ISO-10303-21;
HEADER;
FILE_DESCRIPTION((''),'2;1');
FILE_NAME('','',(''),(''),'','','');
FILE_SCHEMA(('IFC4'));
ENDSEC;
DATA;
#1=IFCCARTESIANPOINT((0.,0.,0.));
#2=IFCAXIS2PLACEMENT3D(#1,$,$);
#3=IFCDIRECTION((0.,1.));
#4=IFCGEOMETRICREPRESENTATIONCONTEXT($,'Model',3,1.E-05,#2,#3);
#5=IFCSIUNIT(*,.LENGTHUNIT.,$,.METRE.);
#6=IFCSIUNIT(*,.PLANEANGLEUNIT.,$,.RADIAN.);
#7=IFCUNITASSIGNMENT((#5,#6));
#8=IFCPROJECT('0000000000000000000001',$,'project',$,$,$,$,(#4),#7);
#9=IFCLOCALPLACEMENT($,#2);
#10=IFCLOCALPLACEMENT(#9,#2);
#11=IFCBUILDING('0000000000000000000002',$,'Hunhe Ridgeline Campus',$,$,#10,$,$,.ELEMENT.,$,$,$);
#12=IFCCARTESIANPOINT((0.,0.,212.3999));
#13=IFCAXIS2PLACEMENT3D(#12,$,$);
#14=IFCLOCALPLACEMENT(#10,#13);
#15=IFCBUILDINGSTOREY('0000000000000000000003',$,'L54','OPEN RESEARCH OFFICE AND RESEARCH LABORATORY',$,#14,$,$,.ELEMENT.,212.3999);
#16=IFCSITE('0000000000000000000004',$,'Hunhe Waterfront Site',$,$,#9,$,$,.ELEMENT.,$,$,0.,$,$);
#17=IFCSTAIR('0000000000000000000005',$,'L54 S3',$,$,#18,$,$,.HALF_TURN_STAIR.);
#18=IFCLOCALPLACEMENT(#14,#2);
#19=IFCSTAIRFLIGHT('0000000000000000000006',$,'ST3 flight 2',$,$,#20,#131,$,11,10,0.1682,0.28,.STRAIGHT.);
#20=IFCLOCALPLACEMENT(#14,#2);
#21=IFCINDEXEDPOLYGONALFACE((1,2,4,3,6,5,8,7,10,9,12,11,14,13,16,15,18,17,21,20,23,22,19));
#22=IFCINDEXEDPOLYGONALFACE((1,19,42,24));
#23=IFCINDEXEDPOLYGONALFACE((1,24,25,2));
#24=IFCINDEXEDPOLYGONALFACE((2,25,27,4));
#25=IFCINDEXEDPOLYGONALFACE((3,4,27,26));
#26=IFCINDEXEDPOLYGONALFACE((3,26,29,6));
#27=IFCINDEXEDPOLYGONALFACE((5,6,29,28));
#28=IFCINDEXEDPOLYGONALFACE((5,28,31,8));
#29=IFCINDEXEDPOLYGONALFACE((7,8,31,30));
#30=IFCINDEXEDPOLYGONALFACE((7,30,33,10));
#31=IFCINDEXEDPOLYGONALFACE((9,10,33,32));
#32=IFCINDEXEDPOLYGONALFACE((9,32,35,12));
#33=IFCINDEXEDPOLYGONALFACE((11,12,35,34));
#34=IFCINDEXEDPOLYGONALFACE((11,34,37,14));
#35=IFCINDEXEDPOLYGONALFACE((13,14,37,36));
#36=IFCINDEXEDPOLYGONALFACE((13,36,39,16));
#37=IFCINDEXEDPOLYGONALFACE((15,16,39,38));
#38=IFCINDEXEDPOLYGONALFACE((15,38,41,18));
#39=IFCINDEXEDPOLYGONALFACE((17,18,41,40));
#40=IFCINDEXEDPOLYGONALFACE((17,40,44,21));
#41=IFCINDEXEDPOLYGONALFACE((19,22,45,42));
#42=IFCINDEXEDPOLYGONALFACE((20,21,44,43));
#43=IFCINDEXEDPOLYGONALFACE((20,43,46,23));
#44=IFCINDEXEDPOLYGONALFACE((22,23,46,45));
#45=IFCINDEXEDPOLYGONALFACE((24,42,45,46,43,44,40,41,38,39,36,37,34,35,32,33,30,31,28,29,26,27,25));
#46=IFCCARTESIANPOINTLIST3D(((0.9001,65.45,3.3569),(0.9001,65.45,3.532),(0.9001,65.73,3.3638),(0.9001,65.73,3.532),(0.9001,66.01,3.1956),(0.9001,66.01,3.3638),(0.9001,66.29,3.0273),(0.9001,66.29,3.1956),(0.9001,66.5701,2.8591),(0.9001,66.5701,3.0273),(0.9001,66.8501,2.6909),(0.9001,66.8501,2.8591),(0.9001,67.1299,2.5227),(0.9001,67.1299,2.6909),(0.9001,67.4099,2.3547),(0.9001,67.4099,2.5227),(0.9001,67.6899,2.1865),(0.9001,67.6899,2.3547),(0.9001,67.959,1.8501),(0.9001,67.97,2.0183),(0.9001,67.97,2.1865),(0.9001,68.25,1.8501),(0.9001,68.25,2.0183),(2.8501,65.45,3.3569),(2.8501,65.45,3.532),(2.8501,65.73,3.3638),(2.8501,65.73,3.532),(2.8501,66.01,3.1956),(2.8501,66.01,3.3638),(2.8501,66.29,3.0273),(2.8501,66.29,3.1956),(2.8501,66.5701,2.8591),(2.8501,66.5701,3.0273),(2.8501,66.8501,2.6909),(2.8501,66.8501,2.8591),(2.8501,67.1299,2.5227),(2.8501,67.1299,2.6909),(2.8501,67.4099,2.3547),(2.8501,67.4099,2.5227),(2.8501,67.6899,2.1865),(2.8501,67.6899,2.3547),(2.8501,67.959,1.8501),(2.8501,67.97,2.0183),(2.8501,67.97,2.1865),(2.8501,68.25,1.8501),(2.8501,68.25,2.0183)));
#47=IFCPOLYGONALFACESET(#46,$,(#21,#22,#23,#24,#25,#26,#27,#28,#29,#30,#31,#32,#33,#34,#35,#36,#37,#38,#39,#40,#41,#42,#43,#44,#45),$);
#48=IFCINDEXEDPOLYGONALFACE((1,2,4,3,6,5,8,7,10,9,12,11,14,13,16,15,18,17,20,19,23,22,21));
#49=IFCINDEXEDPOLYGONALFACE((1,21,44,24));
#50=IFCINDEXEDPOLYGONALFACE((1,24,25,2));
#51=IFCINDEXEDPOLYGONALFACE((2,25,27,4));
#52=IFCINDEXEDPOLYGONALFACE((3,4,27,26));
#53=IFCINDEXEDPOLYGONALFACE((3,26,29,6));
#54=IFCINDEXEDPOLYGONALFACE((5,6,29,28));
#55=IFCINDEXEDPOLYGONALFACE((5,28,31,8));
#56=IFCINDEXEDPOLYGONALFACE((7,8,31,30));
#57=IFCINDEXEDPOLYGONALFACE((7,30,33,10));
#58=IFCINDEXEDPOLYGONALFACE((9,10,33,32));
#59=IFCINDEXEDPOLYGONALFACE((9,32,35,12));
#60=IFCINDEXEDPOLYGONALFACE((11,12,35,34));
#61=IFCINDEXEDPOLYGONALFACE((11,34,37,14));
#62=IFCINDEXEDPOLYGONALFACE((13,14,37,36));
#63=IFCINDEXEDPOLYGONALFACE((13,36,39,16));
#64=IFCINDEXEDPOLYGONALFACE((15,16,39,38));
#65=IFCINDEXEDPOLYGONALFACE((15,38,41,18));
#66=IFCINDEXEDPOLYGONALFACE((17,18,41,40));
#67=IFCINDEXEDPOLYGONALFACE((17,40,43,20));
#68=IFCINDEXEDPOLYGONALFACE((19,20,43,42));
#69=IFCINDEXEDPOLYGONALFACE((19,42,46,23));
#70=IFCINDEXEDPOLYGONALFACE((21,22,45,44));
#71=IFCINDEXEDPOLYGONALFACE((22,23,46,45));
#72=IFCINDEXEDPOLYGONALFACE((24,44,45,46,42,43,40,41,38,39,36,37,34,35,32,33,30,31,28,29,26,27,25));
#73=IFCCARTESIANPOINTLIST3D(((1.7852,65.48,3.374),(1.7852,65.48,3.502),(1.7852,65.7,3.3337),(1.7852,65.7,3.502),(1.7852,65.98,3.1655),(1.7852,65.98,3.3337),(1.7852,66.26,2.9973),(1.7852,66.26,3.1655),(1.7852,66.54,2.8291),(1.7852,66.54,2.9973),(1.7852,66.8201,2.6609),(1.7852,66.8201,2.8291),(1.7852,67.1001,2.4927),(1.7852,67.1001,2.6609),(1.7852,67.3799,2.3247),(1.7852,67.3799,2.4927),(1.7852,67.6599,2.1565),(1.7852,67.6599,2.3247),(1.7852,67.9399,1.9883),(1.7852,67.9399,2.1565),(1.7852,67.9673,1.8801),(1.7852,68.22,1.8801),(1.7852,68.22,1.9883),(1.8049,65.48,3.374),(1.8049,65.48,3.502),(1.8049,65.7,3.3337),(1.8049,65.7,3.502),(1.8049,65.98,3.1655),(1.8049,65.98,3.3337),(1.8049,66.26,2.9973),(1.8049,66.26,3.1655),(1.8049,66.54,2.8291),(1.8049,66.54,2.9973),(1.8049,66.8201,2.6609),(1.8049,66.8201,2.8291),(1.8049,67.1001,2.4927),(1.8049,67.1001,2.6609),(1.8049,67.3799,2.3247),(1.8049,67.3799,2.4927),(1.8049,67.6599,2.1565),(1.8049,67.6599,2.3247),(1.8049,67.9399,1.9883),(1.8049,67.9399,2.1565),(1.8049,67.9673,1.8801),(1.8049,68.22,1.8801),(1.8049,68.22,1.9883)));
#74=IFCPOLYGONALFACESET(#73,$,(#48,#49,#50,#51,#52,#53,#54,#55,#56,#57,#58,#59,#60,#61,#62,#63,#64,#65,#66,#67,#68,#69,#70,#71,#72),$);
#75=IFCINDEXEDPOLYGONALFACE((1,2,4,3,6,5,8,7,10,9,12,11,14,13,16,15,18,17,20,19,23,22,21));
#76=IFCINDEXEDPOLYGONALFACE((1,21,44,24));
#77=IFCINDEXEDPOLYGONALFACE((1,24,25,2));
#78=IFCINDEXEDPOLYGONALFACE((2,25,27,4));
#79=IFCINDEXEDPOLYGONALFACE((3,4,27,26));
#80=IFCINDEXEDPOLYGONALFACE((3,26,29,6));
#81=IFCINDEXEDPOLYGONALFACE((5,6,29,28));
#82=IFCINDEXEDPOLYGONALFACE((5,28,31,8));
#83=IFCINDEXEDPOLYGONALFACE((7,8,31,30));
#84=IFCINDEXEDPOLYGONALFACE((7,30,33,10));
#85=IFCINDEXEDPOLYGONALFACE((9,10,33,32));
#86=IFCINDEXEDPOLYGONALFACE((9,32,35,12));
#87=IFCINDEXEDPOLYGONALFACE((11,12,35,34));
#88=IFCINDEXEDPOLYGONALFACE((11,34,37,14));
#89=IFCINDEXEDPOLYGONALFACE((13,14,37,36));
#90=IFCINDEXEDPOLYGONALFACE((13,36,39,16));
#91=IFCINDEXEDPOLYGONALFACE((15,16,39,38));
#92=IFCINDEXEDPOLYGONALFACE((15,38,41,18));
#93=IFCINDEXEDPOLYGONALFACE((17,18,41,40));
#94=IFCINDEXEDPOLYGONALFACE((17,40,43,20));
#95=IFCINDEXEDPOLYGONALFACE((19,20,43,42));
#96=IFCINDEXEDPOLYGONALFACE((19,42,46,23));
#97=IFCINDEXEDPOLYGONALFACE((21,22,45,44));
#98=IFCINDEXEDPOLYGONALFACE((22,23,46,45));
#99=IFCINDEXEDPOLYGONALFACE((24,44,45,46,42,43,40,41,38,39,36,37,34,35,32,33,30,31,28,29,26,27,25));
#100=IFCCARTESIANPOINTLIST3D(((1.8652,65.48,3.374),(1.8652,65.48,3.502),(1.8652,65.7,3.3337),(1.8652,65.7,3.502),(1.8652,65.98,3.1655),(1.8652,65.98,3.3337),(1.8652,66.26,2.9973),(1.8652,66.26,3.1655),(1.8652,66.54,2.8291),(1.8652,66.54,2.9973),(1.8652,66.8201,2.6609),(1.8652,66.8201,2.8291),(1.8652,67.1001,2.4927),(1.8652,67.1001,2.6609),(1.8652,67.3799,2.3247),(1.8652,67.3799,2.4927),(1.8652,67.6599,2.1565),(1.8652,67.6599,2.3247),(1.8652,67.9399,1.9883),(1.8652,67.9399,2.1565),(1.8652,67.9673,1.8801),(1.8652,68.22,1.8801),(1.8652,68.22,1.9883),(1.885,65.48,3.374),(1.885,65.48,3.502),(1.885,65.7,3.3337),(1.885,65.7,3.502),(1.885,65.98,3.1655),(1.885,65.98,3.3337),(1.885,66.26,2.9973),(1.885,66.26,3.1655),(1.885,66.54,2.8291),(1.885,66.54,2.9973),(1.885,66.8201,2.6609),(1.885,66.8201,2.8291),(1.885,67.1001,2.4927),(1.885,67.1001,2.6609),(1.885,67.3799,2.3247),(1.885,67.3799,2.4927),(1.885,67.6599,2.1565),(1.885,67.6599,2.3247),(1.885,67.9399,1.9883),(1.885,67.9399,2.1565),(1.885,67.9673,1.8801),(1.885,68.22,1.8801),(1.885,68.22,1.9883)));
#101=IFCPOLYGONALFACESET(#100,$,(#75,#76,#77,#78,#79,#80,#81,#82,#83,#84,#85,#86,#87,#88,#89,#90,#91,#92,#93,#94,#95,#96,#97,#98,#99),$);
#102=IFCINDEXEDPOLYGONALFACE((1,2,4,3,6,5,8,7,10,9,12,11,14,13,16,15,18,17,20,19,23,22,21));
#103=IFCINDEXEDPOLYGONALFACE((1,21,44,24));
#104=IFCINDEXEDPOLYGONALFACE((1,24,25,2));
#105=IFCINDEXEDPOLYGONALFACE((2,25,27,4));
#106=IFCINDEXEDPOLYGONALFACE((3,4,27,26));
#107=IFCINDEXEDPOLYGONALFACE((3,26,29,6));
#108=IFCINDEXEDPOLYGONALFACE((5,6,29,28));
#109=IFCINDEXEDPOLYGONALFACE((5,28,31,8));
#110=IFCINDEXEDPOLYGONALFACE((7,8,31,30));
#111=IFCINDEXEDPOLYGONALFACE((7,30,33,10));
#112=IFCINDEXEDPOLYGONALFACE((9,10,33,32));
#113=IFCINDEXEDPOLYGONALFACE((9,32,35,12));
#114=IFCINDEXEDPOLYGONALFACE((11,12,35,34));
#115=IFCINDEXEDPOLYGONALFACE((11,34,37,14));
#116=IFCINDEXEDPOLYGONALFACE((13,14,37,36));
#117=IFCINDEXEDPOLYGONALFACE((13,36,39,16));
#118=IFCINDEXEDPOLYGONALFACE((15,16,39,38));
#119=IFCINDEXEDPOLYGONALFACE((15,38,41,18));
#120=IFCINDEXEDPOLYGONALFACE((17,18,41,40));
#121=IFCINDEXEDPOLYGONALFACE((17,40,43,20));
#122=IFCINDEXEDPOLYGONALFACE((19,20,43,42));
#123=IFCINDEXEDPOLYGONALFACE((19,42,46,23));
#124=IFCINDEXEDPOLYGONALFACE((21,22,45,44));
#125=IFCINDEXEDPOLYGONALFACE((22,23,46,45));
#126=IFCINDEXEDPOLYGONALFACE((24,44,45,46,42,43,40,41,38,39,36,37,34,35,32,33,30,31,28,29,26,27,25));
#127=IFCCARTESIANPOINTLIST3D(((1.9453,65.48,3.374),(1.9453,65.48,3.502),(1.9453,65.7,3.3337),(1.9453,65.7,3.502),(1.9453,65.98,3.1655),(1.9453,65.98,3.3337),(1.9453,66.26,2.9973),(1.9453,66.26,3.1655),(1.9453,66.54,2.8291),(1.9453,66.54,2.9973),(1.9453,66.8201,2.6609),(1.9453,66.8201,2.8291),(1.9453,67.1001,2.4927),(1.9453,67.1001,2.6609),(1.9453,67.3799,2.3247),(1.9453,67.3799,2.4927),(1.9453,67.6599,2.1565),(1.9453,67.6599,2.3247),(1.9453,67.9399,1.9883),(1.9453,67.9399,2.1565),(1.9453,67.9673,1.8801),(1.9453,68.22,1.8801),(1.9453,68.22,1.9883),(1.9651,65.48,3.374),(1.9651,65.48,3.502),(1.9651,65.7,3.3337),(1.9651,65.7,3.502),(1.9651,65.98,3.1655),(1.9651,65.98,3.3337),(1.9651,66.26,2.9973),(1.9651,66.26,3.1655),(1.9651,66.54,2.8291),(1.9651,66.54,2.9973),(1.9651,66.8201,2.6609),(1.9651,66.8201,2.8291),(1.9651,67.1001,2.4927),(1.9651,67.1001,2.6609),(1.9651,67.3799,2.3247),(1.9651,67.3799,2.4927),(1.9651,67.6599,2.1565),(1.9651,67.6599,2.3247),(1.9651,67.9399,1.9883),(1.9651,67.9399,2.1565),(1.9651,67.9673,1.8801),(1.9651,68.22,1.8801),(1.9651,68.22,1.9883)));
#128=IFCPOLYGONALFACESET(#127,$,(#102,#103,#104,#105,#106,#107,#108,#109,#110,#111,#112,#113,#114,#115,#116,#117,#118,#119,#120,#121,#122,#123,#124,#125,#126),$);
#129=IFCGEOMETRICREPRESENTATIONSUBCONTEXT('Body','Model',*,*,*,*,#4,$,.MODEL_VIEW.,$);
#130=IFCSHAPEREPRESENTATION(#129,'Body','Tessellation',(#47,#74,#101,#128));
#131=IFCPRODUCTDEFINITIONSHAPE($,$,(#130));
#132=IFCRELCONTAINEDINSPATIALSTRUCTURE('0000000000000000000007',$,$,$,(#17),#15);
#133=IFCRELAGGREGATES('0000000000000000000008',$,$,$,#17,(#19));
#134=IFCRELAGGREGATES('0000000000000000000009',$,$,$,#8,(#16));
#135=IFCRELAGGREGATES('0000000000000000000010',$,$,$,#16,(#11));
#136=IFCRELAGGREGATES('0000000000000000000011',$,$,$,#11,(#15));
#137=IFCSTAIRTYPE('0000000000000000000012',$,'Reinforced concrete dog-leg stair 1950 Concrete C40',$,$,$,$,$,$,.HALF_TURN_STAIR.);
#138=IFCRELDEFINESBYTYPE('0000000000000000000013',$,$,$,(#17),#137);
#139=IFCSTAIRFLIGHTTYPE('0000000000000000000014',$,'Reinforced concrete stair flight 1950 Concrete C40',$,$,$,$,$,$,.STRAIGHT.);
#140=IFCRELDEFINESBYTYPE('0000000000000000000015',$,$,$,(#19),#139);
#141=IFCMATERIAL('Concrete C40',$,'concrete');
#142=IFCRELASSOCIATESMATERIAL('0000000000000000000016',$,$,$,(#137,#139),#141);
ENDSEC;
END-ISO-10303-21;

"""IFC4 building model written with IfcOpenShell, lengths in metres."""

from ifc_helpers import new_model, si_unit, direction, frame, origin, place, context, subcontext, project, spatial, polyline, outline, extrude, material, type_object, element, aggregate, save


model = new_model("IFC4")

# Units and contexts
model_context = context("Model", 3, precision=1e-05, world=origin(), true_north=direction((0.0, 1.0)))
body_context = subcontext(model_context, "Body", "Model", "MODEL_VIEW")
ifc_project = project(units=[si_unit("LENGTHUNIT", "METRE"), si_unit("PLANEANGLEUNIT", "RADIAN")], contexts=[model_context])

# Site, building, storey
site_placement = place(None, origin())
site = spatial("IfcSite", under=ifc_project, at=site_placement, Name="Hunhe Waterfront Site", CompositionType="ELEMENT", RefElevation=0.0)
building_placement = place(site_placement, origin())
building = spatial("IfcBuilding", under=site, at=building_placement, Name="Hunhe Ridgeline Campus", CompositionType="ELEMENT")
storey_placement = place(building_placement, frame((0.0, 0.0, 212.3999)))
storey = spatial("IfcBuildingStorey", under=building, at=storey_placement, Name="L54", Description="OPEN RESEARCH OFFICE AND RESEARCH LABORATORY", CompositionType="ELEMENT", Elevation=212.3999)

# Stair, stair flight
ifc_material_1 = material(Name="Concrete C40", Category="concrete")
stair_type = type_object("IfcStairType", Name="Reinforced concrete dog-leg stair 1950 Concrete C40", PredefinedType="HALF_TURN_STAIR", material=ifc_material_1)
stair_1_placement = place(storey_placement, origin())
stair_1 = element("IfcStair", 1, at=stair_1_placement, inside=storey, type_object=stair_type, Name="L54 S3", PredefinedType="HALF_TURN_STAIR")
stair_flight_type = type_object("IfcStairFlightType", Name="Reinforced concrete stair flight 1950 Concrete C40", PredefinedType="STRAIGHT", material=ifc_material_1)
stair_flight_1_placement = place(storey_placement, frame((1.875, 68.25, 1.8501), z_axis=(0.0, 0.0, 1.0), x_axis=(0.0, -1.0, 0.0)))
stair_flight_1 = element("IfcStairFlight", 2, at=stair_flight_1_placement, type_object=stair_flight_type, Name="ST3 flight 2", NumberOfRisers=11, NumberOfTreads=10, PredefinedType="STRAIGHT", RiserHeight=0.1682, TreadLength=0.28, context=body_context, shape_type="SweptSolid", body=[
    extrude(outline(polyline([(0.0, 0.0), (0.0, 0.1682), (0.28, 0.1682), (0.28, 0.3364), (0.5601, 0.3364), (0.5601, 0.5046), (0.8401, 0.5046), (0.8401, 0.6726), (1.1201, 0.6726), (1.1201, 0.8408), (1.3999, 0.8408), (1.3999, 1.009), (1.6799, 1.009), (1.6799, 1.1772), (1.96, 1.1772), (1.96, 1.3455), (2.24, 1.3455), (2.24, 1.5137), (2.52, 1.5137), (2.52, 1.6819), (2.8, 1.6819), (2.8, 1.8501), (2.8, 1.5068), (0.291, 0.0), (0.0, 0.0)])), frame((0.0, 0.9751, 0.0), z_axis=(0.0, -1.0, 0.0), x_axis=(1.0, 0.0, 0.0)), (0.0, 0.0, 1.0), 1.95),
    extrude(outline(polyline([(0.03, 0.03), (0.03, 0.1382), (0.3101, 0.1382), (0.3101, 0.3064), (0.5901, 0.3064), (0.5901, 0.4746), (0.8701, 0.4746), (0.8701, 0.6426), (1.1499, 0.6426), (1.1499, 0.8108), (1.4299, 0.8108), (1.4299, 0.979), (1.71, 0.979), (1.71, 1.1472), (1.99, 1.1472), (1.99, 1.3154), (2.27, 1.3154), (2.27, 1.4836), (2.55, 1.4836), (2.55, 1.6519), (2.77, 1.6519), (2.77, 1.5239), (0.2827, 0.03), (0.03, 0.03)])), frame((0.0, -0.0701, 0.0), z_axis=(0.0, -1.0, 0.0), x_axis=(1.0, 0.0, 0.0)), (0.0, 0.0, 1.0), 0.0198),
    extrude(outline(polyline([(0.03, 0.03), (0.03, 0.1382), (0.3101, 0.1382), (0.3101, 0.3064), (0.5901, 0.3064), (0.5901, 0.4746), (0.8701, 0.4746), (0.8701, 0.6426), (1.1499, 0.6426), (1.1499, 0.8108), (1.4299, 0.8108), (1.4299, 0.979), (1.71, 0.979), (1.71, 1.1472), (1.99, 1.1472), (1.99, 1.3154), (2.27, 1.3154), (2.27, 1.4836), (2.55, 1.4836), (2.55, 1.6519), (2.77, 1.6519), (2.77, 1.5239), (0.2827, 0.03), (0.03, 0.03)])), frame((0.0, 0.01, 0.0), z_axis=(0.0, -1.0, 0.0), x_axis=(1.0, 0.0, 0.0)), (0.0, 0.0, 1.0), 0.0198),
    extrude(outline(polyline([(0.03, 0.03), (0.03, 0.1382), (0.3101, 0.1382), (0.3101, 0.3064), (0.5901, 0.3064), (0.5901, 0.4746), (0.8701, 0.4746), (0.8701, 0.6426), (1.1499, 0.6426), (1.1499, 0.8108), (1.4299, 0.8108), (1.4299, 0.979), (1.71, 0.979), (1.71, 1.1472), (1.99, 1.1472), (1.99, 1.3154), (2.27, 1.3154), (2.27, 1.4836), (2.55, 1.4836), (2.55, 1.6519), (2.77, 1.6519), (2.77, 1.5239), (0.2827, 0.03), (0.03, 0.03)])), frame((0.0, 0.0901, 0.0), z_axis=(0.0, -1.0, 0.0), x_axis=(1.0, 0.0, 0.0)), (0.0, 0.0, 1.0), 0.0198),
])
aggregate(stair_1, [stair_flight_1])

save(model, "model.ifc")
